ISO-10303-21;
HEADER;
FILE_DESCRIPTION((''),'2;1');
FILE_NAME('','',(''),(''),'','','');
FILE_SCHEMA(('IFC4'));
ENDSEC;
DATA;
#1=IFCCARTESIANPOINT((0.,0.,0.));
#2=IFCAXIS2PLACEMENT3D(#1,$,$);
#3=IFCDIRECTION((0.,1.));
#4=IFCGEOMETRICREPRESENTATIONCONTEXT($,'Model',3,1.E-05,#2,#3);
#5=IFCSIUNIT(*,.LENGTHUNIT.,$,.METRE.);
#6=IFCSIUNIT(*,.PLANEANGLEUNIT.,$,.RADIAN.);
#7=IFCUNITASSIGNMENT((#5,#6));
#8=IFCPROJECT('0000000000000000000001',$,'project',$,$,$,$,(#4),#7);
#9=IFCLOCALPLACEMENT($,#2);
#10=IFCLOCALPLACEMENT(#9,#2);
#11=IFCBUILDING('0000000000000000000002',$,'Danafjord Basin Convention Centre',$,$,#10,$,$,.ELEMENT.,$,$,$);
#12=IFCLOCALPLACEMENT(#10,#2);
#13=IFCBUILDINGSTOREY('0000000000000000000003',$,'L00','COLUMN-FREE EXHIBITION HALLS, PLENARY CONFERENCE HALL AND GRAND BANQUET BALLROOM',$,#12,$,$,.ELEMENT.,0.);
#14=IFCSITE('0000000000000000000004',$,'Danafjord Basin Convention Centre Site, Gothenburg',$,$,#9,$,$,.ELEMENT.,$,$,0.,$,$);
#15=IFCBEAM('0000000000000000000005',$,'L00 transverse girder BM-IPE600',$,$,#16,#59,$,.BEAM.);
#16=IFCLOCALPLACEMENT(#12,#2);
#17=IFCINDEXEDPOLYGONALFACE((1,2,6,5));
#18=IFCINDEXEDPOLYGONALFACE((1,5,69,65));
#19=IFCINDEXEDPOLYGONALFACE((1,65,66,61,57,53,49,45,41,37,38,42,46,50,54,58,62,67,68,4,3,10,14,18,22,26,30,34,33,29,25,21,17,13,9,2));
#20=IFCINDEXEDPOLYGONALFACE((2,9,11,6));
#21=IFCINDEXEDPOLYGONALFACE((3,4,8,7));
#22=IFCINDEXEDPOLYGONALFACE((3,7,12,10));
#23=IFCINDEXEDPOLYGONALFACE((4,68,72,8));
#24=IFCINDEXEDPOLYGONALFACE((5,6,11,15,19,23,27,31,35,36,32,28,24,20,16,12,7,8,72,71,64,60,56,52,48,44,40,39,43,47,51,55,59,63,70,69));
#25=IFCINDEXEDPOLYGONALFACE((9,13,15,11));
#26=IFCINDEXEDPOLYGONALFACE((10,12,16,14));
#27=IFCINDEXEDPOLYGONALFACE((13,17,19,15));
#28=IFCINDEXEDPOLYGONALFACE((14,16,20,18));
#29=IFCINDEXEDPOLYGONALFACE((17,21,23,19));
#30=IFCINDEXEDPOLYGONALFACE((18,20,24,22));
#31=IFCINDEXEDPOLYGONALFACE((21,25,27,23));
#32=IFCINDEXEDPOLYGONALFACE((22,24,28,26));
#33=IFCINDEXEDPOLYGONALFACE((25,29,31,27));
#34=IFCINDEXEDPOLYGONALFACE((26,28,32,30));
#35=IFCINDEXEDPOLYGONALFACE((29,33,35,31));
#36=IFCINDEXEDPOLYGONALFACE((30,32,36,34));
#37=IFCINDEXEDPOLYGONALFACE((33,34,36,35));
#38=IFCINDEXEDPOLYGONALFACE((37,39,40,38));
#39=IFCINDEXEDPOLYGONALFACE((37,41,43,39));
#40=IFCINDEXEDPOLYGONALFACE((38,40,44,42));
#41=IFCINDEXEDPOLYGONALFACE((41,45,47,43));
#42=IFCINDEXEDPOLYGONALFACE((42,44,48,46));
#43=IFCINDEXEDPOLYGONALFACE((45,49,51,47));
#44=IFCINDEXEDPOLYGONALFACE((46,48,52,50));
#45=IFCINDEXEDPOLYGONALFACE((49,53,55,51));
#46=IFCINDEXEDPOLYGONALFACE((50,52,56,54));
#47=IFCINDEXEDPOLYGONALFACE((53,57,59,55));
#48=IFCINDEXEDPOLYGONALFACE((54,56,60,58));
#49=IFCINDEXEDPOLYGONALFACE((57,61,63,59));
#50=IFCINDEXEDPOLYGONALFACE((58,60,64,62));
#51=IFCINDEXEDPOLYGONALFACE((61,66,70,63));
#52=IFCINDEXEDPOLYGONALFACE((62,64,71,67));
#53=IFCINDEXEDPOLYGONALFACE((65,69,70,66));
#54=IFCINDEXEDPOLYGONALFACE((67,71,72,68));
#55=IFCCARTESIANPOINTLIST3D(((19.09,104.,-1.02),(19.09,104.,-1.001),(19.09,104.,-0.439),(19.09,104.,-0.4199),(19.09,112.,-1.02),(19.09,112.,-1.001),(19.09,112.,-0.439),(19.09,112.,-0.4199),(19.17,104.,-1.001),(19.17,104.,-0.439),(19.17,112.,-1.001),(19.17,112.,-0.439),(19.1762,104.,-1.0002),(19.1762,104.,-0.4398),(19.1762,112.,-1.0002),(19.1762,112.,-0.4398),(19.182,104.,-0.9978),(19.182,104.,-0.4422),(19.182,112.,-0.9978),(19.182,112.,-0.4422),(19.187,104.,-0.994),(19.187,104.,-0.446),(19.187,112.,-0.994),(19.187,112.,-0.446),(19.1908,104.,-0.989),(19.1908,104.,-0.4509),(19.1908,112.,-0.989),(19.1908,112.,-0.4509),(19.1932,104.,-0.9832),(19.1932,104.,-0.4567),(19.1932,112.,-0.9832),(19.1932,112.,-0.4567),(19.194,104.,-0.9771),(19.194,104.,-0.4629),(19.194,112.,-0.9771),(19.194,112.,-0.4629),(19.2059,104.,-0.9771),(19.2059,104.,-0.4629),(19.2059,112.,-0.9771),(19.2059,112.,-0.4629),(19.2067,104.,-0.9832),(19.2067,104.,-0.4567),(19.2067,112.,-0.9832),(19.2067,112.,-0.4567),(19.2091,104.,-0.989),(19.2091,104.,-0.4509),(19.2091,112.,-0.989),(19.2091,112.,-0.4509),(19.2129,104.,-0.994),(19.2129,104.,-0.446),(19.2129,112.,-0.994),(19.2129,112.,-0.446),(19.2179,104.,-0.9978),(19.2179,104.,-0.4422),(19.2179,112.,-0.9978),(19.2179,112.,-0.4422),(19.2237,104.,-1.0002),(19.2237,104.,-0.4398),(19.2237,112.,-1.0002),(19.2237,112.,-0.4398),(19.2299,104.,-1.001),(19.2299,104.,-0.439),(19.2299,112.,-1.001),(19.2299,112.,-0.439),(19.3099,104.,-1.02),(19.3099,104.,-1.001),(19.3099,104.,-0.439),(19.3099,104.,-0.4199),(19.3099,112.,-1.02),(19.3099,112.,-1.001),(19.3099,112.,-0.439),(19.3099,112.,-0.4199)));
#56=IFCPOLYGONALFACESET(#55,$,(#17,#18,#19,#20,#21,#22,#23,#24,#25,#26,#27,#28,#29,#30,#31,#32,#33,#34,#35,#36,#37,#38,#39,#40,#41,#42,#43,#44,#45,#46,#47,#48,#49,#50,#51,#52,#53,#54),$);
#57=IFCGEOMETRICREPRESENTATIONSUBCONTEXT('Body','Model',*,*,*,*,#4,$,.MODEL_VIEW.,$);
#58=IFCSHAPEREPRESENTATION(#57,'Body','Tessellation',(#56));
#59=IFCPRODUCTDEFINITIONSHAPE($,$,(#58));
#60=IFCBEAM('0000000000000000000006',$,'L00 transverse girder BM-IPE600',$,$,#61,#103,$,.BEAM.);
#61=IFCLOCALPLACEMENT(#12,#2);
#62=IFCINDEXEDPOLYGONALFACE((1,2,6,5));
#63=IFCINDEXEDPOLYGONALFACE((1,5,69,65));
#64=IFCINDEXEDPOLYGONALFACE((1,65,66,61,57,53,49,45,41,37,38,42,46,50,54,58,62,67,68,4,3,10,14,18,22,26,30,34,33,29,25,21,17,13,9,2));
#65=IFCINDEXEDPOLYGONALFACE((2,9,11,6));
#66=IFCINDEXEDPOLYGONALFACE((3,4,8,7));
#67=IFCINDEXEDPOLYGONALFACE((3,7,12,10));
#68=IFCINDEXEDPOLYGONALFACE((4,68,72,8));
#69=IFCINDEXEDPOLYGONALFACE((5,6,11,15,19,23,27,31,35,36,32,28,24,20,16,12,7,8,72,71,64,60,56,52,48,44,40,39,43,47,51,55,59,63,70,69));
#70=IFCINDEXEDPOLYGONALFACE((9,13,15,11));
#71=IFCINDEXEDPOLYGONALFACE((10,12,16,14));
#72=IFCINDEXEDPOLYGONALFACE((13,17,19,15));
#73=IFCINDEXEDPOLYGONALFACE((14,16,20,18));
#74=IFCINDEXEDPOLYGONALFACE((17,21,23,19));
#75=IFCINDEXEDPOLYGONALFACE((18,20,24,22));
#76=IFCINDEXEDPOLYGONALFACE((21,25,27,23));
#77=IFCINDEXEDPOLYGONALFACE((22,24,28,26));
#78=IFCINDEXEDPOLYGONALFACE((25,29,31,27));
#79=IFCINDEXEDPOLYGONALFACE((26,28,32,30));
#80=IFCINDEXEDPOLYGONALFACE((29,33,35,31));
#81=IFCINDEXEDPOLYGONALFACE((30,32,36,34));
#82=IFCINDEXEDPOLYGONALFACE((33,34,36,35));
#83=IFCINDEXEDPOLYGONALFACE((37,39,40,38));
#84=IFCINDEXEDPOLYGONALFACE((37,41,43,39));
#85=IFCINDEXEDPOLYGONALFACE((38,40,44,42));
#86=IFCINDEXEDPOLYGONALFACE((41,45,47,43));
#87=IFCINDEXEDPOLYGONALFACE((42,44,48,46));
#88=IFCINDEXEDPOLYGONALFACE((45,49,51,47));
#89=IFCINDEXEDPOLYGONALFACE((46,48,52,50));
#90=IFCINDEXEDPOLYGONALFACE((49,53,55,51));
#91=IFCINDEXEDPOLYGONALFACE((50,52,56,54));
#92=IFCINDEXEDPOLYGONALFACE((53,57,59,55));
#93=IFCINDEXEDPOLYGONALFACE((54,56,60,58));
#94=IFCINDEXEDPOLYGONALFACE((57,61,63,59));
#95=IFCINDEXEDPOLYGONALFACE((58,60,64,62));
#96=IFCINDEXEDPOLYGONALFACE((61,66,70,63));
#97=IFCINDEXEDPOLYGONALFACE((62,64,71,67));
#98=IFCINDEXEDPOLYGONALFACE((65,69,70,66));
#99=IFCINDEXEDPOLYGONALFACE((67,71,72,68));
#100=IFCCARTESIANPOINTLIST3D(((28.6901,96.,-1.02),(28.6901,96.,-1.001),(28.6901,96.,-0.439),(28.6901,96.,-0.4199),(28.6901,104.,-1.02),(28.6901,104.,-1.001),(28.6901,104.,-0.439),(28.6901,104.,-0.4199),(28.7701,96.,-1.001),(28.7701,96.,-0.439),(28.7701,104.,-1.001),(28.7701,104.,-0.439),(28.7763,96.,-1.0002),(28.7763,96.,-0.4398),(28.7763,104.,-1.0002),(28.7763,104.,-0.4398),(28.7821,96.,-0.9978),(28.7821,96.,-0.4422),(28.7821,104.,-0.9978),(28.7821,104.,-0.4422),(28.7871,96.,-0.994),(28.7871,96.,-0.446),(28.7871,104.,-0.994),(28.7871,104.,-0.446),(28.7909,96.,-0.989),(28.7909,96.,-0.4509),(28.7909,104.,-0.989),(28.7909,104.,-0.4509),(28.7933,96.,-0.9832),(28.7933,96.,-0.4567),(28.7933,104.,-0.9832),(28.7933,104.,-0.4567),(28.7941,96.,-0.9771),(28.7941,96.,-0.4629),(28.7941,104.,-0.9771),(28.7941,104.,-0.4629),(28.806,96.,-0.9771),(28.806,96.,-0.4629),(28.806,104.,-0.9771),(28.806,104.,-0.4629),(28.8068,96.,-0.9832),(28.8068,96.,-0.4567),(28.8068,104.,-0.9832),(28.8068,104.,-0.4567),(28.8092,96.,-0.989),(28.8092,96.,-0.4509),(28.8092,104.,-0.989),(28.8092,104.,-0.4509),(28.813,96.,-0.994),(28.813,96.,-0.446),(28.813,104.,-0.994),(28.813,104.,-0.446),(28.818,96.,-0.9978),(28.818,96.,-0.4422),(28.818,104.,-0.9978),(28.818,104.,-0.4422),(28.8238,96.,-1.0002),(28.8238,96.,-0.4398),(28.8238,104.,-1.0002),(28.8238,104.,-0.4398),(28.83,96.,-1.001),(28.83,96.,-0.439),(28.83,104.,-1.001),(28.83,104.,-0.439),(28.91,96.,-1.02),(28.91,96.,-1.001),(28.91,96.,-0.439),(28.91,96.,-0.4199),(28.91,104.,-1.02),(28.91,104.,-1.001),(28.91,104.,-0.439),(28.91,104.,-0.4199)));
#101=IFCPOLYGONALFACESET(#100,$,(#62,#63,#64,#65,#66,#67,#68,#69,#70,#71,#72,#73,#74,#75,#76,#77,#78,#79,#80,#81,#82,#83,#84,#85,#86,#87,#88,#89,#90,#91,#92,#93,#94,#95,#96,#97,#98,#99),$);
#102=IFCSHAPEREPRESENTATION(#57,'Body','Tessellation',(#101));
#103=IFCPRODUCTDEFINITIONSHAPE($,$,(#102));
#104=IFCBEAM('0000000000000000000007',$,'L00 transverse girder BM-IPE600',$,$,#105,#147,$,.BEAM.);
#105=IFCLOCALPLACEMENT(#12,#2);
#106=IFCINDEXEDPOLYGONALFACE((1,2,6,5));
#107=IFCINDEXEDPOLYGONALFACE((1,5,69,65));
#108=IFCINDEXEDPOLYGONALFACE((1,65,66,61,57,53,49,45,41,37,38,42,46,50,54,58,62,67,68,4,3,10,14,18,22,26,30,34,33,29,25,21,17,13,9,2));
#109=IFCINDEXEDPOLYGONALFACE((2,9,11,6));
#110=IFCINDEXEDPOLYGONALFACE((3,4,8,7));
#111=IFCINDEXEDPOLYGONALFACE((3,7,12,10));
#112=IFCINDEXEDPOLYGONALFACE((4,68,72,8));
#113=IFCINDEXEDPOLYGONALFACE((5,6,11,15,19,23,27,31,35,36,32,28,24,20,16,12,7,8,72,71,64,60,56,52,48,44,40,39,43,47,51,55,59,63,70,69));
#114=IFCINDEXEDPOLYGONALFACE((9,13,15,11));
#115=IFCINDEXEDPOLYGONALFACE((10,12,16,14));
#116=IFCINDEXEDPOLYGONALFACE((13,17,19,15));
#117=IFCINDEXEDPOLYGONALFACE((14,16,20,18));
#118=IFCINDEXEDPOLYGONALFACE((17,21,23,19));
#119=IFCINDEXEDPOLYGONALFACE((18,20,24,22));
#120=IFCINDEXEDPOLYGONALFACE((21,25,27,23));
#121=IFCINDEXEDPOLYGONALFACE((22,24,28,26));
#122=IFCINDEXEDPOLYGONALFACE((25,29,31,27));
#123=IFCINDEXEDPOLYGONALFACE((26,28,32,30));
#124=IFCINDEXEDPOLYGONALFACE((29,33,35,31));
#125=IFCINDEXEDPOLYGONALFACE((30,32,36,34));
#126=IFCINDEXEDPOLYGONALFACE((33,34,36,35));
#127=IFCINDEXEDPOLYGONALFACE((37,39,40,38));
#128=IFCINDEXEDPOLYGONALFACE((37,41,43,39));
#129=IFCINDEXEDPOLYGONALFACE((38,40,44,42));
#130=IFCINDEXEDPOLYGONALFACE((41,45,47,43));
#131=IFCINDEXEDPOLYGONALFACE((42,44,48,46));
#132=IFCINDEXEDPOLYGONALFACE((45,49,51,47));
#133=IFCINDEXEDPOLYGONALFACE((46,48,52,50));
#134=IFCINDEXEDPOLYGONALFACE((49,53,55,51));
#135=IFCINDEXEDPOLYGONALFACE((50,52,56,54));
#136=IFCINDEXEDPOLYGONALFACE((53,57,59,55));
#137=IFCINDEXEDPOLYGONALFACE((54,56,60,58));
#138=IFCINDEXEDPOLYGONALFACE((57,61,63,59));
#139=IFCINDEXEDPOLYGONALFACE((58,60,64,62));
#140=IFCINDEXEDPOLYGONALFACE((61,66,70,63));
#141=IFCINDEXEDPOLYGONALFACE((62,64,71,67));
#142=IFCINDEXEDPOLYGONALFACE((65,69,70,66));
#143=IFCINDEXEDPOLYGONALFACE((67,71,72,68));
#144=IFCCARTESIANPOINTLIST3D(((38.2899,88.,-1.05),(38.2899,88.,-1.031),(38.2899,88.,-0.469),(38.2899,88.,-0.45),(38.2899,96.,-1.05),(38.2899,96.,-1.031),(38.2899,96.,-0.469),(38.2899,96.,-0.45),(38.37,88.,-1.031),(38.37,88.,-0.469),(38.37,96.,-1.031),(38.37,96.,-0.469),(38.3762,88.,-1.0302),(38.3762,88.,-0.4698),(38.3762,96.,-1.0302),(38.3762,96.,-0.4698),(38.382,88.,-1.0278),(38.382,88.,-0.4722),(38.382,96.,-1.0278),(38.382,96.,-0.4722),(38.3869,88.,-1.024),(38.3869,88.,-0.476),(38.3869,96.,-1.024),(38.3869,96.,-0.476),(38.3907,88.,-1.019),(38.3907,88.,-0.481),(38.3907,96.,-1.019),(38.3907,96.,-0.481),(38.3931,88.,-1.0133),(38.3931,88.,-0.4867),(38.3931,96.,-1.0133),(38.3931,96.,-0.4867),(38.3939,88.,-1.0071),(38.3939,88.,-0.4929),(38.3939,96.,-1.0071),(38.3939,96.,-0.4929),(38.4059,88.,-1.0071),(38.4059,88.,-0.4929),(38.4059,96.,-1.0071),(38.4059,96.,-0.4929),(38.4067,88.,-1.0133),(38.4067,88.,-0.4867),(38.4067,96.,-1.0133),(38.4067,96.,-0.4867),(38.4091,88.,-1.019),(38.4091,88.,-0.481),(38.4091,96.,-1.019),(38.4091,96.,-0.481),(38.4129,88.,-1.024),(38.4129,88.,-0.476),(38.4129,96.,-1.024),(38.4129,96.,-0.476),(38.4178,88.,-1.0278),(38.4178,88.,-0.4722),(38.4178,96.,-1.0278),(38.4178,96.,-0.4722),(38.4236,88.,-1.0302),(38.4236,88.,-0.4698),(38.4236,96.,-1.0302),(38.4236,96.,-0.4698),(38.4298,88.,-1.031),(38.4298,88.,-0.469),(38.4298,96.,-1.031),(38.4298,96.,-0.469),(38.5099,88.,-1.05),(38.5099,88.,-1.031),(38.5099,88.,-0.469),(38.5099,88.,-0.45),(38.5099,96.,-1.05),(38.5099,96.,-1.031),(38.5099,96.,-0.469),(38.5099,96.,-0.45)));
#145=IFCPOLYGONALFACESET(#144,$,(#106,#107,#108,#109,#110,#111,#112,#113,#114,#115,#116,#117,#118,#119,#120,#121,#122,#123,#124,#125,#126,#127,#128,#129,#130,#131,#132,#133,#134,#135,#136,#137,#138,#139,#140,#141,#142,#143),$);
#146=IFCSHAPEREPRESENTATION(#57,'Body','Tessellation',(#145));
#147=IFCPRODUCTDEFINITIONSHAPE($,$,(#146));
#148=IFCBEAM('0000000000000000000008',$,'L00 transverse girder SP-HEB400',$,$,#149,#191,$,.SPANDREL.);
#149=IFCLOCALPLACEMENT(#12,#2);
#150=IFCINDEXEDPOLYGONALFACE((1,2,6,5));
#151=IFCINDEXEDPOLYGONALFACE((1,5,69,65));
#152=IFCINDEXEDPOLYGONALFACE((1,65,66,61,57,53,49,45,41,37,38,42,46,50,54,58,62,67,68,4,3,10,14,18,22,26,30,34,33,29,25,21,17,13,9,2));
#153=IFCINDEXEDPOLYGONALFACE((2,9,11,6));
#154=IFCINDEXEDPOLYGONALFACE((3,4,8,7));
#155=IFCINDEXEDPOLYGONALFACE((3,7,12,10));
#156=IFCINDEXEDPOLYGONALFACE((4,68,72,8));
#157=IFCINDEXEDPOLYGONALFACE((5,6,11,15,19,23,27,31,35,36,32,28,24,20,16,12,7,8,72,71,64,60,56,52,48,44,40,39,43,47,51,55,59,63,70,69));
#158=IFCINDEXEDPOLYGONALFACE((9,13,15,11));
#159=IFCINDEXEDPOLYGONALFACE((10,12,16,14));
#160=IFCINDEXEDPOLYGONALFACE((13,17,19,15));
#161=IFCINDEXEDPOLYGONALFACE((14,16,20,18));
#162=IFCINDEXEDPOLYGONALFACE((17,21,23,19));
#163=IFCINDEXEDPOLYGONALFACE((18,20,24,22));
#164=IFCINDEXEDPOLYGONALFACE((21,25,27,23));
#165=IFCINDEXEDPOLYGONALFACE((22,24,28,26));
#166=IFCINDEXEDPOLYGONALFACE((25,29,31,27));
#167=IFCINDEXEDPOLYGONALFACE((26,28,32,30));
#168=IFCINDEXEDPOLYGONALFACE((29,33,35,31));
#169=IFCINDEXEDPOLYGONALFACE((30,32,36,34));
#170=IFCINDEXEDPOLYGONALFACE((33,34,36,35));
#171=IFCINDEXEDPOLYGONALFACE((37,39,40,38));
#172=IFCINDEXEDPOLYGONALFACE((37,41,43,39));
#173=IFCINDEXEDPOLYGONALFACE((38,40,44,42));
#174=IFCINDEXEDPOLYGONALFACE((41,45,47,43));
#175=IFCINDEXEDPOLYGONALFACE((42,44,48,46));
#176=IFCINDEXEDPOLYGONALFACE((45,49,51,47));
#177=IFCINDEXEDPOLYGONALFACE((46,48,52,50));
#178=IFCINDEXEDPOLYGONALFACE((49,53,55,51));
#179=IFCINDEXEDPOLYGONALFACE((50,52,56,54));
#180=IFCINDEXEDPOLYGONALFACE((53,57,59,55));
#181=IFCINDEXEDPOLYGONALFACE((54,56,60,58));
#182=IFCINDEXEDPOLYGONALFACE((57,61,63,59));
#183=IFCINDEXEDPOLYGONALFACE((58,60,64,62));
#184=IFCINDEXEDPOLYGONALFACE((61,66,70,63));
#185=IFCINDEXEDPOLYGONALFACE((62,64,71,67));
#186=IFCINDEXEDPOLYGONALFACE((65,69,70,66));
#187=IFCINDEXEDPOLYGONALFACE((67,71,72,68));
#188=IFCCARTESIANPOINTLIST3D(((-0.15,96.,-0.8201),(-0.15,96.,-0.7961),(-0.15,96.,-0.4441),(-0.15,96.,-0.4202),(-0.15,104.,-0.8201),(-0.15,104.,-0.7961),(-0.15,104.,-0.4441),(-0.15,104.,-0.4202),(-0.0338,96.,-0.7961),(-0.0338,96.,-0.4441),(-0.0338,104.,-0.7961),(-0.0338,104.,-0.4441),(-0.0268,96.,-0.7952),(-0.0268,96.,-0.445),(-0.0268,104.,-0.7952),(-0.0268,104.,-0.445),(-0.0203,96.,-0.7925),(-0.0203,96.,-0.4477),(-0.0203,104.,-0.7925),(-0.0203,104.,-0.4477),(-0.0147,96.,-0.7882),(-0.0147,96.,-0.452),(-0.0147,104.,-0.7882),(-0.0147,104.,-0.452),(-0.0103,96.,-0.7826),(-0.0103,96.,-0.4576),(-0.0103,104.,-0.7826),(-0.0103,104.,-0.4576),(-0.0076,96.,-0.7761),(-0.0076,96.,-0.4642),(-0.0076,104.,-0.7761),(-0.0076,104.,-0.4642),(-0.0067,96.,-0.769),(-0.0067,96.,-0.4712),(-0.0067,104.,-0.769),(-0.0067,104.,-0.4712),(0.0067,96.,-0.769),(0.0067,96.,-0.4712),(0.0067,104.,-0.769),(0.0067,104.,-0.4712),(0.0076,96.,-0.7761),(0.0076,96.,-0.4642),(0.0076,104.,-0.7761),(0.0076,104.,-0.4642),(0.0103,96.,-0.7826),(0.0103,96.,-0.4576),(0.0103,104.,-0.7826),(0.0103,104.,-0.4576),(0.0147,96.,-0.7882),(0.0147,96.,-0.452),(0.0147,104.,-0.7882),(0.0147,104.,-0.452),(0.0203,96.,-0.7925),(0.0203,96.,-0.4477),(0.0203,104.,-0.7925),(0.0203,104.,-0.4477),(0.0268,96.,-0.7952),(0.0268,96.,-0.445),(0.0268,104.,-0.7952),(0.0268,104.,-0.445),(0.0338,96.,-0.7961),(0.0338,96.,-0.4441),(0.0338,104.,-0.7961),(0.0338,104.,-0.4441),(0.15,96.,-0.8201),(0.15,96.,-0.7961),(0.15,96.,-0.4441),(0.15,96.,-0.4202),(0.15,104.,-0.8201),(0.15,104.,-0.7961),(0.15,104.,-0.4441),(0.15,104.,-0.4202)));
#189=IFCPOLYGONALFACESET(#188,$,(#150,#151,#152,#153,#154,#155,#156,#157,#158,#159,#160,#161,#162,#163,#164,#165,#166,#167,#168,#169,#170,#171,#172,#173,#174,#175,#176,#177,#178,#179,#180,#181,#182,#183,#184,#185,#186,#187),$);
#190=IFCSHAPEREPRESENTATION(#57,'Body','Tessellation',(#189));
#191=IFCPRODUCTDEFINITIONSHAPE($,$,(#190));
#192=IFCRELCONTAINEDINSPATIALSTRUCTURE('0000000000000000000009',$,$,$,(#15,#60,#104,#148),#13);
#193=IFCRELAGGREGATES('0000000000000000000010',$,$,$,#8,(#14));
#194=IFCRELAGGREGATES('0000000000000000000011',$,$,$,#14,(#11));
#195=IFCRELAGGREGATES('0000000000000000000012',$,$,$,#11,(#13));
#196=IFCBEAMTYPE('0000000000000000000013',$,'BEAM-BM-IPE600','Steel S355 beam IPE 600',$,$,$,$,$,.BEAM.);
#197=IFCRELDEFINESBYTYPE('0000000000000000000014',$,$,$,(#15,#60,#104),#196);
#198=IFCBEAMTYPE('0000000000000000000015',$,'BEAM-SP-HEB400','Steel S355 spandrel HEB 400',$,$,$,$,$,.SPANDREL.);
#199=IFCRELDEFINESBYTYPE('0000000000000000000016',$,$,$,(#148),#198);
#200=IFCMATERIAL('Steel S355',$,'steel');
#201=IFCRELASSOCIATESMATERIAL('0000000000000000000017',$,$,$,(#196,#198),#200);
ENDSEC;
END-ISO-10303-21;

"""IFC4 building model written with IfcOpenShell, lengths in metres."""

from ifc_helpers import new_model, si_unit, direction, frame, origin, origin_2d, place, context, subcontext, project, spatial, i_section, extrude, material, material_profile, profile_set, type_object, element, save


model = new_model("IFC4")

# Units and contexts
model_context = context("Model", 3, precision=1e-05, world=origin(), true_north=direction((0.0, 1.0)))
body_context = subcontext(model_context, "Body", "Model", "MODEL_VIEW")
ifc_project = project(units=[si_unit("LENGTHUNIT", "METRE"), si_unit("PLANEANGLEUNIT", "RADIAN")], contexts=[model_context])

# Site, building, storey
site_placement = place(None, origin())
site = spatial("IfcSite", under=ifc_project, at=site_placement, Name="Danafjord Basin Convention Centre Site, Gothenburg", CompositionType="ELEMENT", RefElevation=0.0)
building_placement = place(site_placement, origin())
building = spatial("IfcBuilding", under=site, at=building_placement, Name="Danafjord Basin Convention Centre", CompositionType="ELEMENT")
storey_placement = place(building_placement, origin())
storey = spatial("IfcBuildingStorey", under=building, at=storey_placement, Name="L00", Description="COLUMN-FREE EXHIBITION HALLS, PLENARY CONFERENCE HALL AND GRAND BANQUET BALLROOM", CompositionType="ELEMENT", Elevation=0.0)

# Beams
ifc_material_1 = material(Name="Steel S355", Category="steel")
ifc_material_profile_1 = material_profile(ifc_material_1, i_section(OverallWidth=0.22, OverallDepth=0.6001, WebThickness=0.012, FlangeThickness=0.019, FilletRadius=0.0239, at=origin_2d()), Name="IPE 600")
ifc_profile_set_1 = profile_set([ifc_material_profile_1], Name="Steel S355")
beam_type_1 = type_object("IfcBeamType", Name="BEAM-BM-IPE600", Description="Steel S355 beam IPE 600", PredefinedType="BEAM", material=ifc_profile_set_1)
for number, where, z_axis, x_axis, name in (
    (1, (19.2, 104.0, -0.72), (0.0, 1.0, 0.0), (-1.0, 0.0, 0.0), "L00 transverse girder BM-IPE600"),
    (2, (28.8, 96.0, -0.72), (0.0, 1.0, 0.0), (-1.0, 0.0, 0.0), "L00 transverse girder BM-IPE600"),
    (3, (38.3999, 88.0, -0.75), (0.0, 1.0, 0.0), (-1.0, 0.0, 0.0), "L00 transverse girder BM-IPE600"),
):
    element("IfcBeam", number, at=place(storey_placement, frame(where, z_axis=z_axis, x_axis=x_axis)), inside=storey, type_object=beam_type_1, Name=name, PredefinedType="BEAM", context=body_context, shape_type="SweptSolid", body=[
        extrude(i_section(OverallWidth=0.22, OverallDepth=0.6001, WebThickness=0.012, FlangeThickness=0.019, FilletRadius=0.0239, at=origin_2d()), origin(), (0.0, 0.0, 1.0), 8.0),
    ])
ifc_material_profile_2 = material_profile(ifc_material_1, i_section(OverallWidth=0.3, OverallDepth=0.3999, WebThickness=0.0134, FlangeThickness=0.0239, FilletRadius=0.0271, at=origin_2d()), Name="HEB 400")
ifc_profile_set_2 = profile_set([ifc_material_profile_2], Name="Steel S355")
beam_type_2 = type_object("IfcBeamType", Name="BEAM-SP-HEB400", Description="Steel S355 spandrel HEB 400", PredefinedType="SPANDREL", material=ifc_profile_set_2)
beam_1_placement = place(storey_placement, frame((0.0, 96.0, -0.6201), z_axis=(0.0, 1.0, 0.0), x_axis=(-1.0, 0.0, 0.0)))
element("IfcBeam", 4, at=beam_1_placement, inside=storey, type_object=beam_type_2, Name="L00 transverse girder SP-HEB400", PredefinedType="SPANDREL", context=body_context, shape_type="SweptSolid", body=[
    extrude(i_section(OverallWidth=0.3, OverallDepth=0.3999, WebThickness=0.0134, FlangeThickness=0.0239, FilletRadius=0.0271, at=origin_2d()), origin(), (0.0, 0.0, 1.0), 8.0),
])

save(model, "model.ifc")
